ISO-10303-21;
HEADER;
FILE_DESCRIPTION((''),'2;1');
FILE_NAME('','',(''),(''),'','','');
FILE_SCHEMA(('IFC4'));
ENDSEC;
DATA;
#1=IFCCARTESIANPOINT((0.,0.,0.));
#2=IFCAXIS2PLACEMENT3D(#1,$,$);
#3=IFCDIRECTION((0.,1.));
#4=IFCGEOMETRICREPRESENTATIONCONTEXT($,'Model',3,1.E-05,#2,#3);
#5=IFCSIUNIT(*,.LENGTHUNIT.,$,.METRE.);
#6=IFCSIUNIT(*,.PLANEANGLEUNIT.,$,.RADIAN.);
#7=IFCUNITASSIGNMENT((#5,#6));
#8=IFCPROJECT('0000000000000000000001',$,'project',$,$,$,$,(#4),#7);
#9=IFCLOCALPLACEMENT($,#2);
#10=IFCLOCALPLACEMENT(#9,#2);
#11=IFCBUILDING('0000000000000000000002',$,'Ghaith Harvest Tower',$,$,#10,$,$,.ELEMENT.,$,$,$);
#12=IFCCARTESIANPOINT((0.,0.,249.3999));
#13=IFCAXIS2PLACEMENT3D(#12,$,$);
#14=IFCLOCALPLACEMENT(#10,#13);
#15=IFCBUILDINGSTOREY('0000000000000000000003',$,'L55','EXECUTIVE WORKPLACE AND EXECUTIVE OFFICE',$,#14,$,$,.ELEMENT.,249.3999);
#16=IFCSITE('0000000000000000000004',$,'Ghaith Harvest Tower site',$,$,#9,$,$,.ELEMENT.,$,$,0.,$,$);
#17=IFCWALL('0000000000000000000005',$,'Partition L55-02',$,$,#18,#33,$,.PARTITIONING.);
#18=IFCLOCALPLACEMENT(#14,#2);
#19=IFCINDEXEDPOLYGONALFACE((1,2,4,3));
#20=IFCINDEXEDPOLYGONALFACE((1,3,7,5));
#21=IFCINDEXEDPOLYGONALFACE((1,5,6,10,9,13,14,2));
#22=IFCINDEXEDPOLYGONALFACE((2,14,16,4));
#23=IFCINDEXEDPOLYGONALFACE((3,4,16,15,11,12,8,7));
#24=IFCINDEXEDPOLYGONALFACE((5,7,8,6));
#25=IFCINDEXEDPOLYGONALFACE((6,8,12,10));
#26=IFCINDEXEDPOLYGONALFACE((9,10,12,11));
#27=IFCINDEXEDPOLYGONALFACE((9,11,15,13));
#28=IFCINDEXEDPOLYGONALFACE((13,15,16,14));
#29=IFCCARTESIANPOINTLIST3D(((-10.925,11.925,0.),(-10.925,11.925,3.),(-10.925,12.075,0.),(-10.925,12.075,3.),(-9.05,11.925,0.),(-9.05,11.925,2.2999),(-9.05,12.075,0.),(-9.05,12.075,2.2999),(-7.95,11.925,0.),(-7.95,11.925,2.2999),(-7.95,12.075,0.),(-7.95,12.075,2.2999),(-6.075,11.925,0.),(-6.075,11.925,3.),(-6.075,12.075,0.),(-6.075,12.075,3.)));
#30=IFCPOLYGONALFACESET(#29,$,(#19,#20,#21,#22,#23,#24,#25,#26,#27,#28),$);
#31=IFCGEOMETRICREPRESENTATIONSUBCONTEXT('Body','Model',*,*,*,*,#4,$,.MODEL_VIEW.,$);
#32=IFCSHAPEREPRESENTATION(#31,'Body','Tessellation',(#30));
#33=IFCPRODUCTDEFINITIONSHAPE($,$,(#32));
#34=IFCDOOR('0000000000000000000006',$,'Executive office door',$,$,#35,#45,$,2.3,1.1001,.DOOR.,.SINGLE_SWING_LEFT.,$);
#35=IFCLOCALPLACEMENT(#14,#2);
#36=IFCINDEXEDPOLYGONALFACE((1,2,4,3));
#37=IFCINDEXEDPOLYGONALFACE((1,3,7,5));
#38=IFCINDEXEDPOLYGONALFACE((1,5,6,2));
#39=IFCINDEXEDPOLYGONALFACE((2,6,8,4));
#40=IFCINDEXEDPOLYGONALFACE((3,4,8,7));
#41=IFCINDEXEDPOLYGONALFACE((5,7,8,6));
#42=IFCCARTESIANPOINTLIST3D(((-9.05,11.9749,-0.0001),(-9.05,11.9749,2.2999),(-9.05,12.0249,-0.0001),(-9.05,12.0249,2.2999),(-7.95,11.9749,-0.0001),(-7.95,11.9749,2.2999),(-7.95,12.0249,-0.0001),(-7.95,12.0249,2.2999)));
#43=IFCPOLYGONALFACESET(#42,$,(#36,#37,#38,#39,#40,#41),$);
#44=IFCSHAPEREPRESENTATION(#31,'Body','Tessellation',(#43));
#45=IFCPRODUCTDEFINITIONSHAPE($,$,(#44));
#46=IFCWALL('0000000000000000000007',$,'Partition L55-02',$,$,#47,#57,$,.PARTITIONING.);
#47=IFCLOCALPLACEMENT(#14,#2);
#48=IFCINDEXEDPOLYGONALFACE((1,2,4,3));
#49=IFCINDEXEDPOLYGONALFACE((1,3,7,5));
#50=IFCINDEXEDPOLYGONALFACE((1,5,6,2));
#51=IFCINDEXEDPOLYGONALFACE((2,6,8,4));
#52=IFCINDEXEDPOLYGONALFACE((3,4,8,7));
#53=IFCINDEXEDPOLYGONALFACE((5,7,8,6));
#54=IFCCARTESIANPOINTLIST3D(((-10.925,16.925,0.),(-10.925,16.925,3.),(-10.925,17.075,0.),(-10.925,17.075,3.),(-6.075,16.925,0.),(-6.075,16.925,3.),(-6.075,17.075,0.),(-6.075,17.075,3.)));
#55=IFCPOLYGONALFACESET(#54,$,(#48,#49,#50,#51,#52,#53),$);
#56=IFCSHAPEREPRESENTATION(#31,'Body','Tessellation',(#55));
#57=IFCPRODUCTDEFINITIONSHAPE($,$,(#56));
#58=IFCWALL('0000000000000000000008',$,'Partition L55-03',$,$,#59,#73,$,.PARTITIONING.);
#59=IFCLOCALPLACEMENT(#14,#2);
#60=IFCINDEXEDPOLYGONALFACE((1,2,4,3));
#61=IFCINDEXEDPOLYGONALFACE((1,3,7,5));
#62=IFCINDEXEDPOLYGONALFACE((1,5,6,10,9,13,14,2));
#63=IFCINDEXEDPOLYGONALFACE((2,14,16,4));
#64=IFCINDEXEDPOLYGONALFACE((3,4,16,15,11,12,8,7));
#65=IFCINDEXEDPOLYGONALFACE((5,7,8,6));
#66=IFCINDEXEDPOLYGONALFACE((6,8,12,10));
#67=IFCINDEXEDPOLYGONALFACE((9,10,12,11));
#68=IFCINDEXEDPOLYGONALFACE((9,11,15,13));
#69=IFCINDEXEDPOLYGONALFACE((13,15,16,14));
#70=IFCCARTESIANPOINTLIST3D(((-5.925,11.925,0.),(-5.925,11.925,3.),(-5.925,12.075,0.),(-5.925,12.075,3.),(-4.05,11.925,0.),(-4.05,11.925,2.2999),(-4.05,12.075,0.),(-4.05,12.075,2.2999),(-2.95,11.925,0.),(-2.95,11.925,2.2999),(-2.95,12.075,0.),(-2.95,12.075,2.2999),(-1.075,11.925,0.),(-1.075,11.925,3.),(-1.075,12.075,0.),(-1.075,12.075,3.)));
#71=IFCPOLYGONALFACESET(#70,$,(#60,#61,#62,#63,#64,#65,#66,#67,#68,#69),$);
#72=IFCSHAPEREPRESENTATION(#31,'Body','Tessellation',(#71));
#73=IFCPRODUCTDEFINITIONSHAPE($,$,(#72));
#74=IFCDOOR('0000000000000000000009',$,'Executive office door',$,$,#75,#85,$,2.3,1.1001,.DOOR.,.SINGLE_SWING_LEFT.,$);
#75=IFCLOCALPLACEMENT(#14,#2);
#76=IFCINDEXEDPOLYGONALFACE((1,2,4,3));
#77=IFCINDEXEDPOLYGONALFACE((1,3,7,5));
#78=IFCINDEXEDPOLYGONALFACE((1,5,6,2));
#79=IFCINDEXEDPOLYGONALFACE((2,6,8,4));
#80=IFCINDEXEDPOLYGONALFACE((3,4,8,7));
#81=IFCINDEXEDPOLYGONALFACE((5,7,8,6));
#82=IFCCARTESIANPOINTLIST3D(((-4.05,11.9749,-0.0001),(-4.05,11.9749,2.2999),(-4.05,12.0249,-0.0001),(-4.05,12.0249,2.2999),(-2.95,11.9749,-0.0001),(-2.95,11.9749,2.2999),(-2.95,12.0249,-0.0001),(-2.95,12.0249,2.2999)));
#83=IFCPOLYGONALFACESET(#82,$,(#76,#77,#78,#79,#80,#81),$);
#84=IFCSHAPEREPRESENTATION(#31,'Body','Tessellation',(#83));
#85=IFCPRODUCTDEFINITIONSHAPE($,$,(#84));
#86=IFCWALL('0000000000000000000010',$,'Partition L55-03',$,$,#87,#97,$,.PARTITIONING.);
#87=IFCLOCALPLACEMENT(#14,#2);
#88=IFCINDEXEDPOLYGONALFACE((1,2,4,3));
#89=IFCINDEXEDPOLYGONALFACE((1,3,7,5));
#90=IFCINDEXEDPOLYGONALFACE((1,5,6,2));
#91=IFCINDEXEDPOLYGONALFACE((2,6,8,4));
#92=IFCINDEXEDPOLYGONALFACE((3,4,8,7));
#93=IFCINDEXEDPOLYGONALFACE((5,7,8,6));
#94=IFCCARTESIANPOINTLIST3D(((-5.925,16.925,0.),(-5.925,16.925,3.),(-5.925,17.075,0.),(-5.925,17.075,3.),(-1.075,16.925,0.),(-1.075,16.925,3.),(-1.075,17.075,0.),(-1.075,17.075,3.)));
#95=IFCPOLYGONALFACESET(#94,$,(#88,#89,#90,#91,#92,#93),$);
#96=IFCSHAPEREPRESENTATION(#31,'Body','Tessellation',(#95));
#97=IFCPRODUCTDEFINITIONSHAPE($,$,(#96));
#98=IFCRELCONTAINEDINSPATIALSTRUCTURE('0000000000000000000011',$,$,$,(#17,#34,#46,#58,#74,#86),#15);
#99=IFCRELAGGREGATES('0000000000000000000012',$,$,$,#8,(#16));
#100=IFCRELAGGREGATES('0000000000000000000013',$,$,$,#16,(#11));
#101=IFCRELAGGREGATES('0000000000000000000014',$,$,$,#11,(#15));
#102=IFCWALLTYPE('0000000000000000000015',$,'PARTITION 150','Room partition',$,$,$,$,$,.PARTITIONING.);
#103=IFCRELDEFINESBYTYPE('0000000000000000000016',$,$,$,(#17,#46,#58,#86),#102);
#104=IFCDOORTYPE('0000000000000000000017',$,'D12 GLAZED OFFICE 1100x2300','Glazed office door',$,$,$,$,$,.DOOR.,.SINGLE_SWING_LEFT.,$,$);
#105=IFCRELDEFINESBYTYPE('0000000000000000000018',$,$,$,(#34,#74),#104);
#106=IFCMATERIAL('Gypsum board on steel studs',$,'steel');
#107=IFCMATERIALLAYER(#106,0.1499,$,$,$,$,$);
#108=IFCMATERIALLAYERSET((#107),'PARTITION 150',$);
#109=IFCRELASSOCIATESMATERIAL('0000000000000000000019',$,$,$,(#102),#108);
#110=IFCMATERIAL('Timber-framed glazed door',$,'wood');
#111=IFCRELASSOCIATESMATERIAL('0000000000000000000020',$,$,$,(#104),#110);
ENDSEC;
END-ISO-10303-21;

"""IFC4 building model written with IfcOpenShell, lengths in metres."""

from ifc_helpers import new_model, si_unit, direction, frame, frame_2d, origin, place, context, subcontext, project, spatial, rectangle, extrude, material, layer, layer_set, type_object, element, fill, save


model = new_model("IFC4")

# Units and contexts
model_context = context("Model", 3, precision=1e-05, world=origin(), true_north=direction((0.0, 1.0)))
body_context = subcontext(model_context, "Body", "Model", "MODEL_VIEW")
ifc_project = project(units=[si_unit("LENGTHUNIT", "METRE"), si_unit("PLANEANGLEUNIT", "RADIAN")], contexts=[model_context])

# Site, building, storey
site_placement = place(None, origin())
site = spatial("IfcSite", under=ifc_project, at=site_placement, Name="Ghaith Harvest Tower site", CompositionType="ELEMENT", RefElevation=0.0)
building_placement = place(site_placement, origin())
building = spatial("IfcBuilding", under=site, at=building_placement, Name="Ghaith Harvest Tower", CompositionType="ELEMENT")
storey_placement = place(building_placement, frame((0.0, 0.0, 249.3999)))
storey = spatial("IfcBuildingStorey", under=building, at=storey_placement, Name="L55", Description="EXECUTIVE WORKPLACE AND EXECUTIVE OFFICE", CompositionType="ELEMENT", Elevation=249.3999)

# Shared definitions
ifc_material_1 = material(Name="Gypsum board on steel studs", Category="steel")
ifc_layer_1 = layer(ifc_material_1, 0.1499)
ifc_layer_set_1 = layer_set([ifc_layer_1], Name="PARTITION 150")
wall_type = type_object("IfcWallType", Name="PARTITION 150", Description="Room partition", PredefinedType="PARTITIONING", material=ifc_layer_set_1)

# Wall, opening, door
wall_1_placement = place(storey_placement, frame((-10.925, 12.0, 0.0), z_axis=(0.0, 0.0, 1.0), x_axis=(1.0, 0.0, 0.0)))
wall_1 = element("IfcWall", 1, at=wall_1_placement, inside=storey, type_object=wall_type, Name="Partition L55-02", PredefinedType="PARTITIONING", context=body_context, shape_type="SweptSolid", body=[
    extrude(rectangle(XDim=4.8501, YDim=0.1499, at=frame_2d((2.425, 0.0))), origin(), (0.0, 0.0, 1.0), 3.0),
])
opening_1_placement = place(wall_1_placement, frame((1.875, 0.0, 0.0)))
opening_1 = element("IfcOpeningElement", 2, at=opening_1_placement, cuts=wall_1, PredefinedType="OPENING", context=body_context, shape_type="SweptSolid", body=[
    extrude(rectangle(XDim=1.1001, YDim=2.3, at=frame_2d((0.55, 1.1499))), frame((0.0, 0.085, 0.0), z_axis=(0.0, -1.0, 0.0), x_axis=(1.0, 0.0, 0.0)), (0.0, 0.0, 1.0), 0.1699),
])
ifc_material_2 = material(Name="Timber-framed glazed door", Category="wood")
door_type = type_object("IfcDoorType", Name="D12 GLAZED OFFICE 1100x2300", Description="Glazed office door", OperationType="SINGLE_SWING_LEFT", PredefinedType="DOOR", material=ifc_material_2)
door_1_placement = place(opening_1_placement, origin())
door_1 = element("IfcDoor", 3, at=door_1_placement, inside=storey, type_object=door_type, Name="Executive office door", OperationType="SINGLE_SWING_LEFT", OverallHeight=2.3, OverallWidth=1.1001, PredefinedType="DOOR", context=body_context, shape_type="SweptSolid", body=[
    extrude(rectangle(XDim=1.1001, YDim=2.3, at=frame_2d((0.55, 1.1499))), frame((0.0, 0.0249, 0.0), z_axis=(0.0, -1.0, 0.0), x_axis=(1.0, 0.0, 0.0)), (0.0, 0.0, 1.0), 0.05),
])
fill(opening_1, door_1)

# Wall
wall_2_placement = place(storey_placement, frame((-10.925, 17.0, 0.0), z_axis=(0.0, 0.0, 1.0), x_axis=(1.0, 0.0, 0.0)))
element("IfcWall", 4, at=wall_2_placement, inside=storey, type_object=wall_type, Name="Partition L55-02", PredefinedType="PARTITIONING", context=body_context, shape_type="SweptSolid", body=[
    extrude(rectangle(XDim=4.8501, YDim=0.1499, at=frame_2d((2.425, 0.0))), origin(), (0.0, 0.0, 1.0), 3.0),
])

# Wall, opening, door
wall_3_placement = place(storey_placement, frame((-5.925, 12.0, 0.0), z_axis=(0.0, 0.0, 1.0), x_axis=(1.0, 0.0, 0.0)))
wall_3 = element("IfcWall", 5, at=wall_3_placement, inside=storey, type_object=wall_type, Name="Partition L55-03", PredefinedType="PARTITIONING", context=body_context, shape_type="SweptSolid", body=[
    extrude(rectangle(XDim=4.8501, YDim=0.1499, at=frame_2d((2.425, 0.0))), origin(), (0.0, 0.0, 1.0), 3.0),
])
opening_2_placement = place(wall_3_placement, frame((1.875, 0.0, 0.0)))
opening_2 = element("IfcOpeningElement", 6, at=opening_2_placement, cuts=wall_3, PredefinedType="OPENING", context=body_context, shape_type="SweptSolid", body=[
    extrude(rectangle(XDim=1.1001, YDim=2.3, at=frame_2d((0.55, 1.1499))), frame((0.0, 0.085, 0.0), z_axis=(0.0, -1.0, 0.0), x_axis=(1.0, 0.0, 0.0)), (0.0, 0.0, 1.0), 0.1699),
])
door_2_placement = place(opening_2_placement, origin())
door_2 = element("IfcDoor", 7, at=door_2_placement, inside=storey, type_object=door_type, Name="Executive office door", OperationType="SINGLE_SWING_LEFT", OverallHeight=2.3, OverallWidth=1.1001, PredefinedType="DOOR", context=body_context, shape_type="SweptSolid", body=[
    extrude(rectangle(XDim=1.1001, YDim=2.3, at=frame_2d((0.55, 1.1499))), frame((0.0, 0.0249, 0.0), z_axis=(0.0, -1.0, 0.0), x_axis=(1.0, 0.0, 0.0)), (0.0, 0.0, 1.0), 0.05),
])
fill(opening_2, door_2)

# Wall
wall_4_placement = place(storey_placement, frame((-5.925, 17.0, 0.0), z_axis=(0.0, 0.0, 1.0), x_axis=(1.0, 0.0, 0.0)))
element("IfcWall", 8, at=wall_4_placement, inside=storey, type_object=wall_type, Name="Partition L55-03", PredefinedType="PARTITIONING", context=body_context, shape_type="SweptSolid", body=[
    extrude(rectangle(XDim=4.8501, YDim=0.1499, at=frame_2d((2.425, 0.0))), origin(), (0.0, 0.0, 1.0), 3.0),
])

save(model, "model.ifc")
